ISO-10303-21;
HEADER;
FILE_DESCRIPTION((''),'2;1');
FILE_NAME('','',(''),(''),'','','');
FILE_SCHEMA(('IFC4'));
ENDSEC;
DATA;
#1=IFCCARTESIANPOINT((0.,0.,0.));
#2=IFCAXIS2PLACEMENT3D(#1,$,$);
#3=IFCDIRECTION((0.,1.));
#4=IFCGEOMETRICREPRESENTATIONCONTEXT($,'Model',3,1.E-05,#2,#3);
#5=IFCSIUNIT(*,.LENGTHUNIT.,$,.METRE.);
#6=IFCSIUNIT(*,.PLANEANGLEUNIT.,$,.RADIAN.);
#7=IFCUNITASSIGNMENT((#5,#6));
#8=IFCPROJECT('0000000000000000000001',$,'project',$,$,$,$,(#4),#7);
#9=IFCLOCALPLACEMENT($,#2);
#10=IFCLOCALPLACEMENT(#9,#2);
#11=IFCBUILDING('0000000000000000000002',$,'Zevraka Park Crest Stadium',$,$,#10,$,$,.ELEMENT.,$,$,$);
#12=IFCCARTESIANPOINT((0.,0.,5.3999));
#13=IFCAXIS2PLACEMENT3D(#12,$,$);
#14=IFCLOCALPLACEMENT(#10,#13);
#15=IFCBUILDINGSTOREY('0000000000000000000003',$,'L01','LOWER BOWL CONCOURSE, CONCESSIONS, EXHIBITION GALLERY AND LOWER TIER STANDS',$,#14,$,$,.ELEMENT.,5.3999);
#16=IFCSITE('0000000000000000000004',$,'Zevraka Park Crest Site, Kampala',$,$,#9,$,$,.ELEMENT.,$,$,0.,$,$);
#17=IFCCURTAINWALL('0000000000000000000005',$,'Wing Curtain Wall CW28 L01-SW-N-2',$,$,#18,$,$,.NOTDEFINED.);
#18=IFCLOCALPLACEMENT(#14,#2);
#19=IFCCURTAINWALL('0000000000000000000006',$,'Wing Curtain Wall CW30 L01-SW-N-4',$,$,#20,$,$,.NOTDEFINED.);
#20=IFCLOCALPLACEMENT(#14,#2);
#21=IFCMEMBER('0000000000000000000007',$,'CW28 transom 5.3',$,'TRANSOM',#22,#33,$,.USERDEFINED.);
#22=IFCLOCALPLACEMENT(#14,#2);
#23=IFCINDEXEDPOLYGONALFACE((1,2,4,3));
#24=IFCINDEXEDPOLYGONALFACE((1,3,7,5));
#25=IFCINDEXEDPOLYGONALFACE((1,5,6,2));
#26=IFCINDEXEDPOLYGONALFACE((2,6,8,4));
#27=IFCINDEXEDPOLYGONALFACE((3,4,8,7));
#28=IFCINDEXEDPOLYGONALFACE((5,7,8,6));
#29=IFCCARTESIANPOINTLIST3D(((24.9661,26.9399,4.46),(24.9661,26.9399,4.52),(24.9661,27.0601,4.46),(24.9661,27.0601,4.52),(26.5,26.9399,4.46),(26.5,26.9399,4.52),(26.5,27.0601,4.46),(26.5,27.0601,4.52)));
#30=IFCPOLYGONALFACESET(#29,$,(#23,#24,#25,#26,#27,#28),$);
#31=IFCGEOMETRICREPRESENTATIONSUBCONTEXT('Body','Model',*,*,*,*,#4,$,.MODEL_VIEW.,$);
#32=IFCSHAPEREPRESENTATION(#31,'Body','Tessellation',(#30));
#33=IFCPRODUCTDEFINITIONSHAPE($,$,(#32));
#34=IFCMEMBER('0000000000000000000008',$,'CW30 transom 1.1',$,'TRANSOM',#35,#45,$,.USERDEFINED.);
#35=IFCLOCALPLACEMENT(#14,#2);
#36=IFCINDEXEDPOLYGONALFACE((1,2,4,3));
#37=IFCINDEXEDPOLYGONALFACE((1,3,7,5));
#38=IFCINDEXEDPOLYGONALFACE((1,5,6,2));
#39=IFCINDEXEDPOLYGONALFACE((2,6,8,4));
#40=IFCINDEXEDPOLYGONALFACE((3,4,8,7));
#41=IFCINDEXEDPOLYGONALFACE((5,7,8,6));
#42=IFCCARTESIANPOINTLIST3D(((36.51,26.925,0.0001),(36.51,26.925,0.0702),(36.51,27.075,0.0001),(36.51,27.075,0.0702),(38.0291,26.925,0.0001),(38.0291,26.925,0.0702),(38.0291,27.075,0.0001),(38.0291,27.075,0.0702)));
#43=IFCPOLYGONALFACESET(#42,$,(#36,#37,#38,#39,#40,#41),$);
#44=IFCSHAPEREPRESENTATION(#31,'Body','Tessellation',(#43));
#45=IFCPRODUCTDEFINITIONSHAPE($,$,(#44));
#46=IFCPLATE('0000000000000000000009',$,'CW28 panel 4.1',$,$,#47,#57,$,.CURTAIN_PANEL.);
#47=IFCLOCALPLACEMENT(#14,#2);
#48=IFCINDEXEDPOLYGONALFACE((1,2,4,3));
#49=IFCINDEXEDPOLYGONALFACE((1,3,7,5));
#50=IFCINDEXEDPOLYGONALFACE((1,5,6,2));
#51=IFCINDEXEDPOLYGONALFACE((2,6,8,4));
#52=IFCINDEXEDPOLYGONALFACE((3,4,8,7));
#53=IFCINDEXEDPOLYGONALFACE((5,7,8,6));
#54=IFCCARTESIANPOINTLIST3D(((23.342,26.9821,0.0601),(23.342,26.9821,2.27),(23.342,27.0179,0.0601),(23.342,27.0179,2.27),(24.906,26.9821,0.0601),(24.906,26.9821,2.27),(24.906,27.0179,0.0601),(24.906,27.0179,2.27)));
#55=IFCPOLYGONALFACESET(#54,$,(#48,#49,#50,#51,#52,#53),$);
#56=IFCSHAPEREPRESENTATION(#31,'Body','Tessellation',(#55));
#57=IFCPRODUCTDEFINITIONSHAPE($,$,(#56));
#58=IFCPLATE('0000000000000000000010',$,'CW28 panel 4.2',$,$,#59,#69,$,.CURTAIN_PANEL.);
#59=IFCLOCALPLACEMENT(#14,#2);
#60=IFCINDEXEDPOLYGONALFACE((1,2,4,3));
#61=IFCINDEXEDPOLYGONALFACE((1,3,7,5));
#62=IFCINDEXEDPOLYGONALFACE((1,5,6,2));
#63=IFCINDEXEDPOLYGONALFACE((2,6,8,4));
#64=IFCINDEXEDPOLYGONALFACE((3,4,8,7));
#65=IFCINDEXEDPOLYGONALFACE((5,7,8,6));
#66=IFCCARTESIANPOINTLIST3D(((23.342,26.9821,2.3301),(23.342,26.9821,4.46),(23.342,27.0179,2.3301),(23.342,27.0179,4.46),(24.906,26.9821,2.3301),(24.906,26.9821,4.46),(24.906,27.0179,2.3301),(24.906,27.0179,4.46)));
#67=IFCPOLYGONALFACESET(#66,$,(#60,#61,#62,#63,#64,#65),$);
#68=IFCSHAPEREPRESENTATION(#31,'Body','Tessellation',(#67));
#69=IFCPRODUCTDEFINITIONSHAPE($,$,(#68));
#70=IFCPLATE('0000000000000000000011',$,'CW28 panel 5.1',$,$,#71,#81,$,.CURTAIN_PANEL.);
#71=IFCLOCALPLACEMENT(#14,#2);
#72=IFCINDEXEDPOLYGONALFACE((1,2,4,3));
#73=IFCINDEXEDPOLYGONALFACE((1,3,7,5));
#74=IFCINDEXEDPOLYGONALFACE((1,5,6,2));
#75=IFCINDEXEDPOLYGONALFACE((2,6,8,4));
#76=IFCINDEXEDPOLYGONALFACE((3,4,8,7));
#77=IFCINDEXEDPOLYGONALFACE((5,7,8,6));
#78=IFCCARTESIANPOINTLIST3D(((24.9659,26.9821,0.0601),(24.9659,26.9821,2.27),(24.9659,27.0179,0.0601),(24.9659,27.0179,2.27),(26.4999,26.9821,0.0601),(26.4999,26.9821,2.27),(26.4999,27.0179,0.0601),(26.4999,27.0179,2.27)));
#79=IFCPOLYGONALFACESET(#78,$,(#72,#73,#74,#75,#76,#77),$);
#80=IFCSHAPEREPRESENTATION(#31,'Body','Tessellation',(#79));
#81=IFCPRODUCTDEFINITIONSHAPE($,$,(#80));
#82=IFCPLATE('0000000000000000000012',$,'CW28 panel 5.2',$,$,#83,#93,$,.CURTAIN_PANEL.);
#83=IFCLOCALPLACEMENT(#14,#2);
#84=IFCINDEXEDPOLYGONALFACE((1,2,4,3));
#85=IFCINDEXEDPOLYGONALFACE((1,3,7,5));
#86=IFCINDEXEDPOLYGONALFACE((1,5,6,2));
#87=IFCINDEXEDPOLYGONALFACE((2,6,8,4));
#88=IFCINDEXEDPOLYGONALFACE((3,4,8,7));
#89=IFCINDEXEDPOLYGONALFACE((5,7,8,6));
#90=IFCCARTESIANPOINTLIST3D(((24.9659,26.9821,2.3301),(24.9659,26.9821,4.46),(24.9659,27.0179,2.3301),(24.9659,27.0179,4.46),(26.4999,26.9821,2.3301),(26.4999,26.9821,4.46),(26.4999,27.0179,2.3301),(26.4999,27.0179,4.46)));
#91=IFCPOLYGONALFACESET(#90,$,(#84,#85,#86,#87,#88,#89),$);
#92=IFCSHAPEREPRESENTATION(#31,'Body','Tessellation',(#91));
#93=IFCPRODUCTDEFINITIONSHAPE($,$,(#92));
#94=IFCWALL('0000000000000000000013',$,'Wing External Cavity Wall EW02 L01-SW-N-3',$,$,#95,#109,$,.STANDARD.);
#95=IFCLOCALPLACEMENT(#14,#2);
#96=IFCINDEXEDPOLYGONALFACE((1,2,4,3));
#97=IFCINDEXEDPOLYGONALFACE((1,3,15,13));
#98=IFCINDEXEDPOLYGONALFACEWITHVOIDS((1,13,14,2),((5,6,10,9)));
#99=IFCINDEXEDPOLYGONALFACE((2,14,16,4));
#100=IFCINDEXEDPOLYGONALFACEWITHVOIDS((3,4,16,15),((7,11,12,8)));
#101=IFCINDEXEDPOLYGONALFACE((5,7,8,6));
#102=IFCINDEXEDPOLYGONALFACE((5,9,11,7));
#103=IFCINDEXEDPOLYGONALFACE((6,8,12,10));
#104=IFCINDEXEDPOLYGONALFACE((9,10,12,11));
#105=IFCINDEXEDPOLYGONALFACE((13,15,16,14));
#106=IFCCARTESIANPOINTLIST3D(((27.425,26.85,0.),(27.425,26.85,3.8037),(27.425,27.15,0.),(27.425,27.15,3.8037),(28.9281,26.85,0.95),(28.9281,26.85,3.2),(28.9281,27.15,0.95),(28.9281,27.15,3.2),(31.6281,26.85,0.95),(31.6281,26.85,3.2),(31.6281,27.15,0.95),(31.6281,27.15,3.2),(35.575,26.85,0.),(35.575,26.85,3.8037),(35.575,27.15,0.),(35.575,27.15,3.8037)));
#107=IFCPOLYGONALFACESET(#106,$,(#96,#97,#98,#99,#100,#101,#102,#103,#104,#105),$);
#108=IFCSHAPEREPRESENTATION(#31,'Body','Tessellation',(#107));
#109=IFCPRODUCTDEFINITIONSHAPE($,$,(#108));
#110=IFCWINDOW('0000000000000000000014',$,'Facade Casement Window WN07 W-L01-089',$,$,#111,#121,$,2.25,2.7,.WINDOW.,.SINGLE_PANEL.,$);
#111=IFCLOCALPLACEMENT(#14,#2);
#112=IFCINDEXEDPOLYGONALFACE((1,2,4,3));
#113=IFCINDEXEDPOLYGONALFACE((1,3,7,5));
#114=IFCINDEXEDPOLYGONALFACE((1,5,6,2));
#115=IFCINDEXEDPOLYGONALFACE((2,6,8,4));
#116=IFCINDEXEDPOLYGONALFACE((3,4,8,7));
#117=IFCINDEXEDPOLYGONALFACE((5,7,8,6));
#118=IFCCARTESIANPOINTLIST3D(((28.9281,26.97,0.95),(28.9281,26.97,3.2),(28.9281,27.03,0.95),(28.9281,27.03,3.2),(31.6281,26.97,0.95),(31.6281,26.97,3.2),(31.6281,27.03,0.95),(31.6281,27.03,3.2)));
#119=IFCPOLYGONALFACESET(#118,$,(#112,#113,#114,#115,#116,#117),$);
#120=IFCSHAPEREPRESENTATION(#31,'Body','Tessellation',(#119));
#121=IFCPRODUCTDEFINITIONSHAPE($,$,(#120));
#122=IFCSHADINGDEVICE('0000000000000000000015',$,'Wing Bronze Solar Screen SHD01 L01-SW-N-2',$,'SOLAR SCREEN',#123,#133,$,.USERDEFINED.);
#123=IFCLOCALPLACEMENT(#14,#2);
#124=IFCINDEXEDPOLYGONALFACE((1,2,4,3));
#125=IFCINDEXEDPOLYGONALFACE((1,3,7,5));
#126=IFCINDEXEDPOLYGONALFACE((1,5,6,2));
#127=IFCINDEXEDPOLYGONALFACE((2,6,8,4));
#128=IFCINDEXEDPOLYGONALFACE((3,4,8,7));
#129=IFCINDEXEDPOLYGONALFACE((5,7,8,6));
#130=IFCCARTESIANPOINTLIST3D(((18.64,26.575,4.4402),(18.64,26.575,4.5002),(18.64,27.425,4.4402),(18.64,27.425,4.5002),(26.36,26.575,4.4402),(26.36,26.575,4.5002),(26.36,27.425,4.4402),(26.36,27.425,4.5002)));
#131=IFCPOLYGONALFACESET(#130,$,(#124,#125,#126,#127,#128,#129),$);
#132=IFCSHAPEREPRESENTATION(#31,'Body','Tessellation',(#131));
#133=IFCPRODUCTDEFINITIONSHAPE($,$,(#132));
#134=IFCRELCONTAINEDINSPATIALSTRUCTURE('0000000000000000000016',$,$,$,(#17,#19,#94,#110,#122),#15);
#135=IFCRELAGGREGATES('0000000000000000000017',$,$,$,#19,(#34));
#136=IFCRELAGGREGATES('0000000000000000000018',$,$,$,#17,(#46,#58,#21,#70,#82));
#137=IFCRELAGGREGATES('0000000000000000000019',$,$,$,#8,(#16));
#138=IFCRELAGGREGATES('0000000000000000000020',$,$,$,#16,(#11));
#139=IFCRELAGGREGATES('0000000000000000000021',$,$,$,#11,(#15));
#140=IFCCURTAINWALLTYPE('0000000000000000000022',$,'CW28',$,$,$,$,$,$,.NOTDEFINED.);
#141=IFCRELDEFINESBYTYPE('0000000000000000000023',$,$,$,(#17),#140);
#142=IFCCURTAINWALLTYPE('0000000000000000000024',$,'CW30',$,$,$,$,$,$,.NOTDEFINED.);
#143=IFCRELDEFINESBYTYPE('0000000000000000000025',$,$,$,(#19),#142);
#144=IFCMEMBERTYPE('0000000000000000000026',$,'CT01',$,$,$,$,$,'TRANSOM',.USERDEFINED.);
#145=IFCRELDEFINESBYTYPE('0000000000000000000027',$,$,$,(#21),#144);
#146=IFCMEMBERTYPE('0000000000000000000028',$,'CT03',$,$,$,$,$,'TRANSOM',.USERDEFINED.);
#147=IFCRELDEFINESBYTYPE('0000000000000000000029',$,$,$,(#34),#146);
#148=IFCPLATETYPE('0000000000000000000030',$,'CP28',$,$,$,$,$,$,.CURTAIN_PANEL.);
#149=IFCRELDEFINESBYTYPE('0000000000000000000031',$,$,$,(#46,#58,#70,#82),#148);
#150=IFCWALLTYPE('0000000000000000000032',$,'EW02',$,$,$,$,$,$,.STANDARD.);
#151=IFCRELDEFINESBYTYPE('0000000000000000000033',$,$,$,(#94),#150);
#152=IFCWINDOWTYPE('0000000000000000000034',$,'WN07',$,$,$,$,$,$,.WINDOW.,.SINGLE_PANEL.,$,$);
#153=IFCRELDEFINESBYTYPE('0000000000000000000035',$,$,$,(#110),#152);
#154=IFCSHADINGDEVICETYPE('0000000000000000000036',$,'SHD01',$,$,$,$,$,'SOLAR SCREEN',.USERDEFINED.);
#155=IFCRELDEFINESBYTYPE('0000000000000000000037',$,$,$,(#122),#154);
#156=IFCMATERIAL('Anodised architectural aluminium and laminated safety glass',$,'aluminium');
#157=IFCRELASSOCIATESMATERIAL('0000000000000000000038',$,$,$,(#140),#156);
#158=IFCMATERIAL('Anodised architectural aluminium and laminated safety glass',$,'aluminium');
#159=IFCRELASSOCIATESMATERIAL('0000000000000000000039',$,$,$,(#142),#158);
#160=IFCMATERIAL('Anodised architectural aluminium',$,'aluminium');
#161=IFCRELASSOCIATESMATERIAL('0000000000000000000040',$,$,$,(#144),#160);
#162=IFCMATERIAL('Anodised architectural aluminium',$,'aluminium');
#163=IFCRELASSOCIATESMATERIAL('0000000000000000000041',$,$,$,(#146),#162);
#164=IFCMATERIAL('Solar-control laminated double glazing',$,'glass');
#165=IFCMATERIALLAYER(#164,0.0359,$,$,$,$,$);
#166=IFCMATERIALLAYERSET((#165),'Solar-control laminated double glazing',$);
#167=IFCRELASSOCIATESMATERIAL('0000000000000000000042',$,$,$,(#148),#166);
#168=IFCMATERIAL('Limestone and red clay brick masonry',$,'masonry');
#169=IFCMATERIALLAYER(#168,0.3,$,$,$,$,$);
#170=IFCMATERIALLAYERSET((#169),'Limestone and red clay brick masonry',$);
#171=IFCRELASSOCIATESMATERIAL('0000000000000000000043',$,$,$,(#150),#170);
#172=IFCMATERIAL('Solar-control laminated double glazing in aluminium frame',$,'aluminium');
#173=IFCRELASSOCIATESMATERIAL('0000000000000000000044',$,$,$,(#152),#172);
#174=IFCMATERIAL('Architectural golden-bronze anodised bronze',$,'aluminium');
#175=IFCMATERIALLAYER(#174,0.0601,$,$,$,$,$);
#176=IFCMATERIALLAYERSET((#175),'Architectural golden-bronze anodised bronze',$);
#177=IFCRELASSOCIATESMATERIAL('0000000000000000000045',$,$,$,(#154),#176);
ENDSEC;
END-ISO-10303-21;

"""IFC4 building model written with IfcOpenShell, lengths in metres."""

from ifc_helpers import new_model, si_unit, direction, frame, frame_2d, origin, origin_2d, place, context, subcontext, project, spatial, rectangle, extrude, material, layer, layer_set, material_profile, profile_set, type_object, element, fill, aggregate, save


model = new_model("IFC4")

# Units and contexts
model_context = context("Model", 3, precision=1e-05, world=origin(), true_north=direction((0.0, 1.0)))
body_context = subcontext(model_context, "Body", "Model", "MODEL_VIEW")
ifc_project = project(units=[si_unit("LENGTHUNIT", "METRE"), si_unit("PLANEANGLEUNIT", "RADIAN")], contexts=[model_context])

# Site, building, storey
site_placement = place(None, origin())
site = spatial("IfcSite", under=ifc_project, at=site_placement, Name="Zevraka Park Crest Site, Kampala", CompositionType="ELEMENT", RefElevation=0.0)
building_placement = place(site_placement, origin())
building = spatial("IfcBuilding", under=site, at=building_placement, Name="Zevraka Park Crest Stadium", CompositionType="ELEMENT")
storey_placement = place(building_placement, frame((0.0, 0.0, 5.3999)))
storey = spatial("IfcBuildingStorey", under=building, at=storey_placement, Name="L01", Description="LOWER BOWL CONCOURSE, CONCESSIONS, EXHIBITION GALLERY AND LOWER TIER STANDS", CompositionType="ELEMENT", Elevation=5.3999)

# Curtain wall
ifc_material_1 = material(Name="Anodised architectural aluminium and laminated safety glass", Category="aluminium")
curtain_wall_type_1 = type_object("IfcCurtainWallType", Name="CW28", PredefinedType="NOTDEFINED", material=ifc_material_1)
curtain_wall_1_placement = place(storey_placement, origin())
curtain_wall_1 = element("IfcCurtainWall", 1, at=curtain_wall_1_placement, inside=storey, type_object=curtain_wall_type_1, Name="Wing Curtain Wall CW28 L01-SW-N-2", PredefinedType="NOTDEFINED")

# Curtain wall
ifc_material_2 = material(Name="Anodised architectural aluminium and laminated safety glass", Category="aluminium")
curtain_wall_type_2 = type_object("IfcCurtainWallType", Name="CW30", PredefinedType="NOTDEFINED", material=ifc_material_2)
curtain_wall_2_placement = place(storey_placement, origin())
curtain_wall_2 = element("IfcCurtainWall", 2, at=curtain_wall_2_placement, inside=storey, type_object=curtain_wall_type_2, Name="Wing Curtain Wall CW30 L01-SW-N-4", PredefinedType="NOTDEFINED")

# Members
ifc_material_3 = material(Name="Anodised architectural aluminium", Category="aluminium")
ifc_material_profile_1 = material_profile(ifc_material_3, rectangle(XDim=0.1201, YDim=0.0601, at=origin_2d()), Name="ALU TRANSOM 120x60")
ifc_profile_set_1 = profile_set([ifc_material_profile_1], Name="Anodised architectural aluminium")
member_type_1 = type_object("IfcMemberType", Name="CT01", ElementType="TRANSOM", PredefinedType="USERDEFINED", material=ifc_profile_set_1)
member_1_placement = place(storey_placement, frame((24.9661, 27.0, 4.49), z_axis=(1.0, 0.0, 0.0), x_axis=(0.0, 1.0, 0.0)))
member_1 = element("IfcMember", 3, at=member_1_placement, type_object=member_type_1, Name="CW28 transom 5.3", ObjectType="TRANSOM", PredefinedType="USERDEFINED", context=body_context, shape_type="SweptSolid", body=[
    extrude(rectangle(XDim=0.1201, YDim=0.0601, at=origin_2d()), origin(), (0.0, 0.0, 1.0), 1.5339),
])
ifc_material_4 = material(Name="Anodised architectural aluminium", Category="aluminium")
ifc_material_profile_2 = material_profile(ifc_material_4, rectangle(XDim=0.1499, YDim=0.0701, at=origin_2d()), Name="ALU TRANSOM 150x70")
ifc_profile_set_2 = profile_set([ifc_material_profile_2], Name="Anodised architectural aluminium")
member_type_2 = type_object("IfcMemberType", Name="CT03", ElementType="TRANSOM", PredefinedType="USERDEFINED", material=ifc_profile_set_2)
member_2_placement = place(storey_placement, frame((36.51, 27.0, 0.0352), z_axis=(1.0, 0.0, 0.0), x_axis=(0.0, 1.0, 0.0)))
member_2 = element("IfcMember", 4, at=member_2_placement, type_object=member_type_2, Name="CW30 transom 1.1", ObjectType="TRANSOM", PredefinedType="USERDEFINED", context=body_context, shape_type="SweptSolid", body=[
    extrude(rectangle(XDim=0.1499, YDim=0.0701, at=origin_2d()), origin(), (0.0, 0.0, 1.0), 1.519),
])
aggregate(curtain_wall_2, [member_2])

# Plates
ifc_material_5 = material(Name="Solar-control laminated double glazing", Category="glass")
ifc_layer_1 = layer(ifc_material_5, 0.0359)
ifc_layer_set_1 = layer_set([ifc_layer_1], Name="Solar-control laminated double glazing")
plate_type = type_object("IfcPlateType", Name="CP28", PredefinedType="CURTAIN_PANEL", material=ifc_layer_set_1)
plate_1_placement = place(storey_placement, frame((24.124, 27.0, 0.0601), z_axis=(0.0, 0.0, 1.0), x_axis=(1.0, 0.0, 0.0)))
plate_1 = element("IfcPlate", 5, at=plate_1_placement, type_object=plate_type, Name="CW28 panel 4.1", PredefinedType="CURTAIN_PANEL", context=body_context, shape_type="SweptSolid", body=[
    extrude(rectangle(XDim=1.564, YDim=0.0359, at=origin_2d()), origin(), (0.0, 0.0, 1.0), 2.21),
])
plate_2_placement = place(storey_placement, frame((24.124, 27.0, 2.3301), z_axis=(0.0, 0.0, 1.0), x_axis=(1.0, 0.0, 0.0)))
plate_2 = element("IfcPlate", 6, at=plate_2_placement, type_object=plate_type, Name="CW28 panel 4.2", PredefinedType="CURTAIN_PANEL", context=body_context, shape_type="SweptSolid", body=[
    extrude(rectangle(XDim=1.564, YDim=0.0359, at=origin_2d()), origin(), (0.0, 0.0, 1.0), 2.1299),
])
plate_3_placement = place(storey_placement, frame((25.7329, 27.0, 0.0601), z_axis=(0.0, 0.0, 1.0), x_axis=(1.0, 0.0, 0.0)))
plate_3 = element("IfcPlate", 7, at=plate_3_placement, type_object=plate_type, Name="CW28 panel 5.1", PredefinedType="CURTAIN_PANEL", context=body_context, shape_type="SweptSolid", body=[
    extrude(rectangle(XDim=1.5339, YDim=0.0359, at=origin_2d()), origin(), (0.0, 0.0, 1.0), 2.21),
])
plate_4_placement = place(storey_placement, frame((25.7329, 27.0, 2.3301), z_axis=(0.0, 0.0, 1.0), x_axis=(1.0, 0.0, 0.0)))
plate_4 = element("IfcPlate", 8, at=plate_4_placement, type_object=plate_type, Name="CW28 panel 5.2", PredefinedType="CURTAIN_PANEL", context=body_context, shape_type="SweptSolid", body=[
    extrude(rectangle(XDim=1.5339, YDim=0.0359, at=origin_2d()), origin(), (0.0, 0.0, 1.0), 2.1299),
])
aggregate(curtain_wall_1, [plate_1, plate_2, member_1, plate_3, plate_4])

# Wall, opening, window
ifc_material_6 = material(Name="Limestone and red clay brick masonry", Category="masonry")
ifc_layer_2 = layer(ifc_material_6, 0.3)
ifc_layer_set_2 = layer_set([ifc_layer_2], Name="Limestone and red clay brick masonry")
wall_type = type_object("IfcWallType", Name="EW02", PredefinedType="STANDARD", material=ifc_layer_set_2)
wall_placement = place(storey_placement, frame((27.425, 27.0, 0.0), z_axis=(0.0, 0.0, 1.0), x_axis=(1.0, 0.0, 0.0)))
wall = element("IfcWall", 9, at=wall_placement, inside=storey, type_object=wall_type, Name="Wing External Cavity Wall EW02 L01-SW-N-3", PredefinedType="STANDARD", context=body_context, shape_type="SweptSolid", body=[
    extrude(rectangle(XDim=8.1499, YDim=0.3, at=frame_2d((4.075, 0.0))), origin(), (0.0, 0.0, 1.0), 3.8037),
])
opening_placement = place(wall_placement, frame((1.5029, 0.0, 0.95)))
opening = element("IfcOpeningElement", 10, at=opening_placement, cuts=wall, PredefinedType="OPENING", context=body_context, shape_type="SweptSolid", body=[
    extrude(rectangle(XDim=2.7, YDim=2.25, at=frame_2d((1.3501, 1.125))), frame((0.0, 0.1599, 0.0), z_axis=(0.0, -1.0, 0.0), x_axis=(1.0, 0.0, 0.0)), (0.0, 0.0, 1.0), 0.3201),
])
ifc_material_7 = material(Name="Solar-control laminated double glazing in aluminium frame", Category="aluminium")
window_type = type_object("IfcWindowType", Name="WN07", PartitioningType="SINGLE_PANEL", PredefinedType="WINDOW", material=ifc_material_7)
window_placement = place(opening_placement, origin())
window = element("IfcWindow", 11, at=window_placement, inside=storey, type_object=window_type, Name="Facade Casement Window WN07 W-L01-089", OverallHeight=2.25, OverallWidth=2.7, PartitioningType="SINGLE_PANEL", PredefinedType="WINDOW", context=body_context, shape_type="SweptSolid", body=[
    extrude(rectangle(XDim=2.7, YDim=2.25, at=frame_2d((1.3501, 1.125))), frame((0.0, 0.03, 0.0), z_axis=(0.0, -1.0, 0.0), x_axis=(1.0, 0.0, 0.0)), (0.0, 0.0, 1.0), 0.0601),
])
fill(opening, window)

# Shading device
ifc_material_8 = material(Name="Architectural golden-bronze anodised bronze", Category="aluminium")
ifc_layer_3 = layer(ifc_material_8, 0.0601)
ifc_layer_set_3 = layer_set([ifc_layer_3], Name="Architectural golden-bronze anodised bronze")
shading_device_type = type_object("IfcShadingDeviceType", Name="SHD01", ElementType="SOLAR SCREEN", PredefinedType="USERDEFINED", material=ifc_layer_set_3)
shading_device_placement = place(storey_placement, frame((22.5, 27.0, 4.4402), z_axis=(0.0, 0.0, 1.0), x_axis=(1.0, 0.0, 0.0)))
element("IfcShadingDevice", 12, at=shading_device_placement, inside=storey, type_object=shading_device_type, Name="Wing Bronze Solar Screen SHD01 L01-SW-N-2", ObjectType="SOLAR SCREEN", PredefinedType="USERDEFINED", context=body_context, shape_type="SweptSolid", body=[
    extrude(rectangle(XDim=7.72, YDim=0.8501, at=origin_2d()), origin(), (0.0, 0.0, 1.0), 0.0601),
])

save(model, "model.ifc")
